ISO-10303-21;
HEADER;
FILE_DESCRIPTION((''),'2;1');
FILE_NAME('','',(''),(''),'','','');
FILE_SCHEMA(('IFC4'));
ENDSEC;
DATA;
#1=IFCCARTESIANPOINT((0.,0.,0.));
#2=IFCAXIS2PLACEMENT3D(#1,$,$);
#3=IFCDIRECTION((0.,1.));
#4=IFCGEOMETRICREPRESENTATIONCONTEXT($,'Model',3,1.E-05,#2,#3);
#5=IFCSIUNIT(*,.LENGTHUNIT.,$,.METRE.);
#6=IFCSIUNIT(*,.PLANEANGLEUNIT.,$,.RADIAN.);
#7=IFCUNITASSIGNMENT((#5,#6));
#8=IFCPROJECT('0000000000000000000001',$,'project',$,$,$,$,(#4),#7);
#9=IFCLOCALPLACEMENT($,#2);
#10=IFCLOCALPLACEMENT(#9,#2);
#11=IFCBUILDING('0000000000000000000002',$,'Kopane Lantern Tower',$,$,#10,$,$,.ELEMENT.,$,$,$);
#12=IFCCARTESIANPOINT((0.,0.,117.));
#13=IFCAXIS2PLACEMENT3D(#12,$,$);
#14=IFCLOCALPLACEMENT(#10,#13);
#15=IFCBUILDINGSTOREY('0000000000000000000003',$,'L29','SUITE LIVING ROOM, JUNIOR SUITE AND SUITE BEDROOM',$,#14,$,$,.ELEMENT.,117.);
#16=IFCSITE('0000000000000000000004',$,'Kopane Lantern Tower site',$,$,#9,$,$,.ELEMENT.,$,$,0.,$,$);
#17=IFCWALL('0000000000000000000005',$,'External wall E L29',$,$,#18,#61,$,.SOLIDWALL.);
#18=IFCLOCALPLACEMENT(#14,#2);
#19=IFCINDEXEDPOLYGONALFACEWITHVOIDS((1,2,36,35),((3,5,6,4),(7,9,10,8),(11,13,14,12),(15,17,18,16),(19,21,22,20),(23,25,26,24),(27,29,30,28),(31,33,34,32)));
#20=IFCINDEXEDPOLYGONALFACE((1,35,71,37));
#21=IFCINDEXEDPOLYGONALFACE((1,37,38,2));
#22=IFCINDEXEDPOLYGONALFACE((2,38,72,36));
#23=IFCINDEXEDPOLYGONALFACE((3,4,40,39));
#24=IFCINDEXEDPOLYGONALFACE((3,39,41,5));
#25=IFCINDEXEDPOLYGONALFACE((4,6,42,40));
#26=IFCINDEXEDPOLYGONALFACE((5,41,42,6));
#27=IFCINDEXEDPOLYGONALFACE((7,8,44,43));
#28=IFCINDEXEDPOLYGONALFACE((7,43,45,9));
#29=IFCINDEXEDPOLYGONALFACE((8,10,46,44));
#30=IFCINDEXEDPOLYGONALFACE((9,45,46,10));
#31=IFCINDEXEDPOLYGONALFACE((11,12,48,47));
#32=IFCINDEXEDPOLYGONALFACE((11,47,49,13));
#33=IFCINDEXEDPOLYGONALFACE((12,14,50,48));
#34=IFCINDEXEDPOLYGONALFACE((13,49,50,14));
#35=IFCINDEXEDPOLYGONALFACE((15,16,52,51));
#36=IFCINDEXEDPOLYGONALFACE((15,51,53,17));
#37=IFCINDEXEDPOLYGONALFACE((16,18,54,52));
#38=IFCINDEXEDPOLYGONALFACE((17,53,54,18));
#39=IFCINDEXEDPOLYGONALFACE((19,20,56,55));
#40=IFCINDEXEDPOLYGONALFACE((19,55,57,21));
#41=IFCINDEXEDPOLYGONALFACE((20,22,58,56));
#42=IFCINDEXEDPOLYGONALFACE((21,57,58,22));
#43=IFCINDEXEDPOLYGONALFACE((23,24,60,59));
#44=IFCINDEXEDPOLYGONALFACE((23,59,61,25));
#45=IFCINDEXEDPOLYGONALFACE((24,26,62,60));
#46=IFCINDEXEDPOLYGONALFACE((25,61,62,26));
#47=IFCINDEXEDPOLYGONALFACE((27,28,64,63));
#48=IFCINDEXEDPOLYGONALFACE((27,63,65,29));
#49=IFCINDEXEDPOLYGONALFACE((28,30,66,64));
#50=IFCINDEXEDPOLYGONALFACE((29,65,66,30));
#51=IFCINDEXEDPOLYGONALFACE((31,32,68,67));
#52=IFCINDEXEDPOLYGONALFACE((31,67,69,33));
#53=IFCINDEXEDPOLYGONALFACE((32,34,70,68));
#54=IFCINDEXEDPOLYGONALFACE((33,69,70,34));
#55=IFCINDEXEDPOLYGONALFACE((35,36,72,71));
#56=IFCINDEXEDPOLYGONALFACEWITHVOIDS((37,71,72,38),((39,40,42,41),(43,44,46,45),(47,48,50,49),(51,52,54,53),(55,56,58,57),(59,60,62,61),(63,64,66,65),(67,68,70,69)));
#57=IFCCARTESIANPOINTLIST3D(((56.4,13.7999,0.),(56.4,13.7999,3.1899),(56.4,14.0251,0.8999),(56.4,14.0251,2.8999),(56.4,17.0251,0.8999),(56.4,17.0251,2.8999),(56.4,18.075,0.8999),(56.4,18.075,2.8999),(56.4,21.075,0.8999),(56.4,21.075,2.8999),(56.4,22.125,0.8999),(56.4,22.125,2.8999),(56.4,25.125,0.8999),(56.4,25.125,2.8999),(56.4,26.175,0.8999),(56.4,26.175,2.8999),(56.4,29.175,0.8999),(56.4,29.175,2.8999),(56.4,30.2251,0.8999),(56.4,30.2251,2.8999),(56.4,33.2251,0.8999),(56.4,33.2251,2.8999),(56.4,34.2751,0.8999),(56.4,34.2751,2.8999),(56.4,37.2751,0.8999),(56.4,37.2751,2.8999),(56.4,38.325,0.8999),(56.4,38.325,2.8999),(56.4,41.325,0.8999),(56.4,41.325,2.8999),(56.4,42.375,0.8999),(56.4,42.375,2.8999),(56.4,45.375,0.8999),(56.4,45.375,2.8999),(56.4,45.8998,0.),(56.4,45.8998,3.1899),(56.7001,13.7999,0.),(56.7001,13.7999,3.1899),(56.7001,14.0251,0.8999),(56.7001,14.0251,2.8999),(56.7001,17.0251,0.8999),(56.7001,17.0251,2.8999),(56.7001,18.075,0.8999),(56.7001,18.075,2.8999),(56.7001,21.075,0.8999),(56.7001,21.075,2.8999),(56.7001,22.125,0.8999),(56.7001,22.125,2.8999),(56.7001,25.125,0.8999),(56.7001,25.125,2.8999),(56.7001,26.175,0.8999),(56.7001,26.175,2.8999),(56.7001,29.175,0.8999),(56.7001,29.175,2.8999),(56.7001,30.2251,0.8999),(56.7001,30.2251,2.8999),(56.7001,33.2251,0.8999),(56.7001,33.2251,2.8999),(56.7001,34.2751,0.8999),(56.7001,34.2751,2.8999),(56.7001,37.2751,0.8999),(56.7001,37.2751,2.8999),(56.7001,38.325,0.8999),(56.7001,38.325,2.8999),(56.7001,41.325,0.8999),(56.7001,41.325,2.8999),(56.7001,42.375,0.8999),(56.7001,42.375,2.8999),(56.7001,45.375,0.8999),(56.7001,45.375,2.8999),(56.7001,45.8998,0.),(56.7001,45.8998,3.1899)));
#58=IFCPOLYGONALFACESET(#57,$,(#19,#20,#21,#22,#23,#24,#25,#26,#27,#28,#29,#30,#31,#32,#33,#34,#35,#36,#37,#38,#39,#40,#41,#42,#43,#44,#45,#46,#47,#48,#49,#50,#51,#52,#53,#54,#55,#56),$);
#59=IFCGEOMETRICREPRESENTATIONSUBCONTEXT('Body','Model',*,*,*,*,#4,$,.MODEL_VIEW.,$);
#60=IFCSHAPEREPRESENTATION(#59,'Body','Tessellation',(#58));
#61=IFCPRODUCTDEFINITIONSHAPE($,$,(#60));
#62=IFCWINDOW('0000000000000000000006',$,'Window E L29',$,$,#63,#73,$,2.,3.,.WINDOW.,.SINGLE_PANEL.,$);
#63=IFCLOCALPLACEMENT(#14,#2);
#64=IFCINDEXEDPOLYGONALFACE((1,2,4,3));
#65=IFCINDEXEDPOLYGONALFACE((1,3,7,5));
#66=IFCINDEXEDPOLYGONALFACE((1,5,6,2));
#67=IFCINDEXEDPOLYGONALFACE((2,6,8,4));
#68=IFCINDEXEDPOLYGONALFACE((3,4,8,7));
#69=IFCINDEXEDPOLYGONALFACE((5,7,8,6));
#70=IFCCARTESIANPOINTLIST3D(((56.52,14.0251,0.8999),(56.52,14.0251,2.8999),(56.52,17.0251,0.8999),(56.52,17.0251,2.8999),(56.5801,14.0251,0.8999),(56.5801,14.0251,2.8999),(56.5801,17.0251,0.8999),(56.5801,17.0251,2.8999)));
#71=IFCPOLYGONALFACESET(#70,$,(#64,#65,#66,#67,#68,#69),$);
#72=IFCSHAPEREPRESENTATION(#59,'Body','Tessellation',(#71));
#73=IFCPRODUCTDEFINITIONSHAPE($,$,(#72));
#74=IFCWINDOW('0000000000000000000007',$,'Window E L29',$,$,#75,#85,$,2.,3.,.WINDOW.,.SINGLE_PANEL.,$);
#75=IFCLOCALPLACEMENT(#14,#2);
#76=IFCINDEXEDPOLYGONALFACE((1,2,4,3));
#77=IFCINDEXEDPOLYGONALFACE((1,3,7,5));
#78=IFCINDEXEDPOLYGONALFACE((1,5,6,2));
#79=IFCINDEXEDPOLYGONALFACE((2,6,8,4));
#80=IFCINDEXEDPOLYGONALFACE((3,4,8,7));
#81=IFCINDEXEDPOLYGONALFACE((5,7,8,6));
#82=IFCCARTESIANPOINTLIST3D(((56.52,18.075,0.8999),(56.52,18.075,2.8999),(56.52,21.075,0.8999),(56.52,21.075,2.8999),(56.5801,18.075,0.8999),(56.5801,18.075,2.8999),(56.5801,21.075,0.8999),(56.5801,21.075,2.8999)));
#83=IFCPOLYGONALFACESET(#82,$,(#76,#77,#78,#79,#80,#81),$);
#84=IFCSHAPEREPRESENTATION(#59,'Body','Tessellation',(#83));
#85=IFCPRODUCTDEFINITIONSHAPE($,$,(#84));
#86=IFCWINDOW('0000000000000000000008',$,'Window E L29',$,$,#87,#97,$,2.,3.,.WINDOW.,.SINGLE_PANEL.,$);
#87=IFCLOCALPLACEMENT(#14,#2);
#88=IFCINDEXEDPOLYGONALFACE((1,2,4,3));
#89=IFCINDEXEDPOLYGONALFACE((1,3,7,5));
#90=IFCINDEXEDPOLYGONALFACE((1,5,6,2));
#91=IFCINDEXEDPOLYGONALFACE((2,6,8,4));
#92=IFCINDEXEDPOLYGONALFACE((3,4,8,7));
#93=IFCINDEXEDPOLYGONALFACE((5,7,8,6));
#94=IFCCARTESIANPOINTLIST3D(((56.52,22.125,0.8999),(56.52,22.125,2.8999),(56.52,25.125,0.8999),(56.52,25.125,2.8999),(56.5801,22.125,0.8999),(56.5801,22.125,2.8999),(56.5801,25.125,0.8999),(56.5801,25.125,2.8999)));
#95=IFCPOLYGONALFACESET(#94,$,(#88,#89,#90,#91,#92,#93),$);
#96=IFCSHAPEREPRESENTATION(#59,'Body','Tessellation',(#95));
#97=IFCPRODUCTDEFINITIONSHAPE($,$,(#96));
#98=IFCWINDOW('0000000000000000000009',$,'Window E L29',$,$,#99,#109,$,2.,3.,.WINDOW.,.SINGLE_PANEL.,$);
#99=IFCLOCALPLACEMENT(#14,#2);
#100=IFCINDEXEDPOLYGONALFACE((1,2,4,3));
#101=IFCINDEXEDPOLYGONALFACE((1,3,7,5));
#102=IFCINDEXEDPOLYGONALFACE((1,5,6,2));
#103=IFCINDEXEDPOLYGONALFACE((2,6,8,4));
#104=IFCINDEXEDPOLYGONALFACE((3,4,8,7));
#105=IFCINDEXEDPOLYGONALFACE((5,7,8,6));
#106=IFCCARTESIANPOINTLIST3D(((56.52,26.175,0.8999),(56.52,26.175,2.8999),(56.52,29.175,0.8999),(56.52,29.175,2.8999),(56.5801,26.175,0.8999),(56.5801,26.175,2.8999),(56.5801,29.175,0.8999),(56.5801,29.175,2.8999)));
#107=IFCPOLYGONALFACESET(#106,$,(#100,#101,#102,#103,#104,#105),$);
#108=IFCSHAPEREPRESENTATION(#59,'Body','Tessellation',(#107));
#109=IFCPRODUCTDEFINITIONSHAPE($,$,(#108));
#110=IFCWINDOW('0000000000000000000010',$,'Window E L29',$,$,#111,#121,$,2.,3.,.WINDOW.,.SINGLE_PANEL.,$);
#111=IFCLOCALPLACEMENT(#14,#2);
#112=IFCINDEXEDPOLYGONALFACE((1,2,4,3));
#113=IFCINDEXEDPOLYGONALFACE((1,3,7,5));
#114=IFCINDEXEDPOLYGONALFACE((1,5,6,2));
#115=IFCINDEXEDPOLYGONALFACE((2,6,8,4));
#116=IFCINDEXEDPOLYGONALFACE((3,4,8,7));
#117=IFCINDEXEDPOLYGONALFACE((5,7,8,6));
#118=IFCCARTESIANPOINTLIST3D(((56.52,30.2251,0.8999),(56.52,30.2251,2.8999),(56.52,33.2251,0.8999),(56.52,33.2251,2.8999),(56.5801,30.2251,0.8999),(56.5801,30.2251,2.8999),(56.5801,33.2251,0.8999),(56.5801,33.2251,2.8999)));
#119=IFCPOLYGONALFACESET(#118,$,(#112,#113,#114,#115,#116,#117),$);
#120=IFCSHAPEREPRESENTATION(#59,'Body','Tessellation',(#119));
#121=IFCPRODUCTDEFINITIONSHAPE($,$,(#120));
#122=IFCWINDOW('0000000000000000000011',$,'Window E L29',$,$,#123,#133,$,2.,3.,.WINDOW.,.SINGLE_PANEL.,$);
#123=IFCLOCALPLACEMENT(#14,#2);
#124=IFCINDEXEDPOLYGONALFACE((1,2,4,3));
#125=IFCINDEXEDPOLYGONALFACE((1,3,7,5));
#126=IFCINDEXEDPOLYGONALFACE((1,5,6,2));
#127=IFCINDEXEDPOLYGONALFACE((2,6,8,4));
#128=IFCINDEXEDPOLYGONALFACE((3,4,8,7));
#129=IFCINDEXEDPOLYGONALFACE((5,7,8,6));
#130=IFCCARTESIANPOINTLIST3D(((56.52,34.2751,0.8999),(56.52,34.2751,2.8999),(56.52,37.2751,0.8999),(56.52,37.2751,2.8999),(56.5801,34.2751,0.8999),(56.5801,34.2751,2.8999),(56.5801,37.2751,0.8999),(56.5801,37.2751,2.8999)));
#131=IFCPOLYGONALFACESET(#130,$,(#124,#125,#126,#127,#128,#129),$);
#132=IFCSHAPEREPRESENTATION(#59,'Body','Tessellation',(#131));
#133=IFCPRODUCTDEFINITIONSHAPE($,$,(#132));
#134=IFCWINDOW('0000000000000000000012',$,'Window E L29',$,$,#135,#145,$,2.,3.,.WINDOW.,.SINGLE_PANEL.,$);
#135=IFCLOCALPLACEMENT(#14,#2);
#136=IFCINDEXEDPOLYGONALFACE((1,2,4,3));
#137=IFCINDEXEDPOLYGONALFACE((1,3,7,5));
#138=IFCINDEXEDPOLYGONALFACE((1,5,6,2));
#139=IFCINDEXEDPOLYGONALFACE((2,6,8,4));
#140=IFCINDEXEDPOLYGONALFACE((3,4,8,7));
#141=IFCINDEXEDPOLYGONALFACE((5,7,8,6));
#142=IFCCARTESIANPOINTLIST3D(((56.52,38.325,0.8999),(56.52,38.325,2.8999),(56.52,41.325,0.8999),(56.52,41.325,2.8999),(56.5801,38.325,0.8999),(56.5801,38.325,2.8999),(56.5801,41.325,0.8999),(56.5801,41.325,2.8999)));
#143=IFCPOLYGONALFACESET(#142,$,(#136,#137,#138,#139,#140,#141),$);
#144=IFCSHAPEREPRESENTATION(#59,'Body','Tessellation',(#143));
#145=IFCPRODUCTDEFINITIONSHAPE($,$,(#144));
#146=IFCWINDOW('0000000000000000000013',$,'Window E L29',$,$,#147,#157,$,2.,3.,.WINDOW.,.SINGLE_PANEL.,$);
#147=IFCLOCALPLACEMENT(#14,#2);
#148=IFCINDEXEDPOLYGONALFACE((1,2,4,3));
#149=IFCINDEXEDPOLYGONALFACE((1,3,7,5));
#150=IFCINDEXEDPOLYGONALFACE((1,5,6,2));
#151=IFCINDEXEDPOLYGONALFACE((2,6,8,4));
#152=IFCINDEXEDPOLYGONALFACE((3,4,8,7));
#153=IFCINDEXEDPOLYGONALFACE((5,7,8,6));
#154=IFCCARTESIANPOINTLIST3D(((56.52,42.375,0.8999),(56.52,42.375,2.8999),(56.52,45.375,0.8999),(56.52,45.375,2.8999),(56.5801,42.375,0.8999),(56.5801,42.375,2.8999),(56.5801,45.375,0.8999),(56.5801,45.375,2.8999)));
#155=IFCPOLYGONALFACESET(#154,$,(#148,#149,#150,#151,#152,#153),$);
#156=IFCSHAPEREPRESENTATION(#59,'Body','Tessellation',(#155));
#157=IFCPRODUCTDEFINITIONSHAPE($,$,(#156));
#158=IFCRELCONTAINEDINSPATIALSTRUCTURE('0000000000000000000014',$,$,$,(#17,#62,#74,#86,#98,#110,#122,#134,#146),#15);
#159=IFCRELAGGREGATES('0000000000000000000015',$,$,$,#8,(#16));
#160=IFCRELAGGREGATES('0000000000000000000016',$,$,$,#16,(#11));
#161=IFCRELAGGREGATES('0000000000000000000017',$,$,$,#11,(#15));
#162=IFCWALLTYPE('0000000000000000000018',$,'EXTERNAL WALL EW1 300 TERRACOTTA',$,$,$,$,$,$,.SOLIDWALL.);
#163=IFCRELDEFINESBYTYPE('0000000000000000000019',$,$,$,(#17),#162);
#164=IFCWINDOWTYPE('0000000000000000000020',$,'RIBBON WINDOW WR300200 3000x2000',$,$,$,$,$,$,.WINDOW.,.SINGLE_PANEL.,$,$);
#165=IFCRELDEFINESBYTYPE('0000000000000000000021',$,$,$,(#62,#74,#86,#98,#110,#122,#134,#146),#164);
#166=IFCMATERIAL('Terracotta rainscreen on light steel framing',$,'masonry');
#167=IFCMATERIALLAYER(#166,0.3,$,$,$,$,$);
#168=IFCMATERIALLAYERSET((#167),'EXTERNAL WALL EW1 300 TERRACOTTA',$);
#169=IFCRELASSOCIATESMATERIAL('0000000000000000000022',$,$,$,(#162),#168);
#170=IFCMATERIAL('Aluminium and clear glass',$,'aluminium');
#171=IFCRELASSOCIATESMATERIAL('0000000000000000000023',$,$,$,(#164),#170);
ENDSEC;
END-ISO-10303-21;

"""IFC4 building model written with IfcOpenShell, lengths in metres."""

from ifc_helpers import new_model, si_unit, direction, frame, frame_2d, origin, place, context, subcontext, project, spatial, rectangle, extrude, material, layer, layer_set, type_object, element, fill, save


model = new_model("IFC4")

# Units and contexts
model_context = context("Model", 3, precision=1e-05, world=origin(), true_north=direction((0.0, 1.0)))
body_context = subcontext(model_context, "Body", "Model", "MODEL_VIEW")
ifc_project = project(units=[si_unit("LENGTHUNIT", "METRE"), si_unit("PLANEANGLEUNIT", "RADIAN")], contexts=[model_context])

# Site, building, storey
site_placement = place(None, origin())
site = spatial("IfcSite", under=ifc_project, at=site_placement, Name="Kopane Lantern Tower site", CompositionType="ELEMENT", RefElevation=0.0)
building_placement = place(site_placement, origin())
building = spatial("IfcBuilding", under=site, at=building_placement, Name="Kopane Lantern Tower", CompositionType="ELEMENT")
storey_placement = place(building_placement, frame((0.0, 0.0, 117.0)))
storey = spatial("IfcBuildingStorey", under=building, at=storey_placement, Name="L29", Description="SUITE LIVING ROOM, JUNIOR SUITE AND SUITE BEDROOM", CompositionType="ELEMENT", Elevation=117.0)

# Shared definitions
ifc_material_1 = material(Name="Terracotta rainscreen on light steel framing", Category="masonry")
ifc_layer_1 = layer(ifc_material_1, 0.3)
ifc_layer_set_1 = layer_set([ifc_layer_1], Name="EXTERNAL WALL EW1 300 TERRACOTTA")
wall_type_1 = type_object("IfcWallType", Name="EXTERNAL WALL EW1 300 TERRACOTTA", PredefinedType="SOLIDWALL", material=ifc_layer_set_1)

# Wall, openings, windows
wall_1_placement = place(storey_placement, frame((56.55, 13.8, 0.0), z_axis=(0.0, 0.0, 1.0), x_axis=(0.0, 1.0, 0.0)))
wall_1 = element("IfcWall", 1, at=wall_1_placement, inside=storey, type_object=wall_type_1, Name="External wall E L29", PredefinedType="SOLIDWALL", context=body_context, shape_type="SweptSolid", body=[
    extrude(rectangle(XDim=32.0999, YDim=0.3, at=frame_2d((16.0498, 0.0))), origin(), (0.0, 0.0, 1.0), 3.1899),
])
opening_1_placement = place(wall_1_placement, frame((0.2251, 0.0, 0.8999)))
opening_1 = element("IfcOpeningElement", 2, at=opening_1_placement, cuts=wall_1, PredefinedType="OPENING", context=body_context, shape_type="SweptSolid", body=[
    extrude(rectangle(XDim=3.0, YDim=2.0, at=frame_2d((1.5, 1.0))), frame((0.0, 0.1599, 0.0), z_axis=(0.0, -1.0, 0.0), x_axis=(1.0, 0.0, 0.0)), (0.0, 0.0, 1.0), 0.3201),
])
opening_2_placement = place(wall_1_placement, frame((4.2749, 0.0, 0.8999)))
opening_2 = element("IfcOpeningElement", 3, at=opening_2_placement, cuts=wall_1, PredefinedType="OPENING", context=body_context, shape_type="SweptSolid", body=[
    extrude(rectangle(XDim=3.0, YDim=2.0, at=frame_2d((1.5, 1.0))), frame((0.0, 0.1599, 0.0), z_axis=(0.0, -1.0, 0.0), x_axis=(1.0, 0.0, 0.0)), (0.0, 0.0, 1.0), 0.3201),
])
opening_3_placement = place(wall_1_placement, frame((8.325, 0.0, 0.8999)))
opening_3 = element("IfcOpeningElement", 4, at=opening_3_placement, cuts=wall_1, PredefinedType="OPENING", context=body_context, shape_type="SweptSolid", body=[
    extrude(rectangle(XDim=3.0, YDim=2.0, at=frame_2d((1.5, 1.0))), frame((0.0, 0.1599, 0.0), z_axis=(0.0, -1.0, 0.0), x_axis=(1.0, 0.0, 0.0)), (0.0, 0.0, 1.0), 0.3201),
])
opening_4_placement = place(wall_1_placement, frame((12.375, 0.0, 0.8999)))
opening_4 = element("IfcOpeningElement", 5, at=opening_4_placement, cuts=wall_1, PredefinedType="OPENING", context=body_context, shape_type="SweptSolid", body=[
    extrude(rectangle(XDim=3.0, YDim=2.0, at=frame_2d((1.5, 1.0))), frame((0.0, 0.1599, 0.0), z_axis=(0.0, -1.0, 0.0), x_axis=(1.0, 0.0, 0.0)), (0.0, 0.0, 1.0), 0.3201),
])
opening_5_placement = place(wall_1_placement, frame((16.425, 0.0, 0.8999)))
opening_5 = element("IfcOpeningElement", 6, at=opening_5_placement, cuts=wall_1, PredefinedType="OPENING", context=body_context, shape_type="SweptSolid", body=[
    extrude(rectangle(XDim=3.0, YDim=2.0, at=frame_2d((1.5, 1.0))), frame((0.0, 0.1599, 0.0), z_axis=(0.0, -1.0, 0.0), x_axis=(1.0, 0.0, 0.0)), (0.0, 0.0, 1.0), 0.3201),
])
opening_6_placement = place(wall_1_placement, frame((20.4751, 0.0, 0.8999)))
opening_6 = element("IfcOpeningElement", 7, at=opening_6_placement, cuts=wall_1, PredefinedType="OPENING", context=body_context, shape_type="SweptSolid", body=[
    extrude(rectangle(XDim=3.0, YDim=2.0, at=frame_2d((1.5, 1.0))), frame((0.0, 0.1599, 0.0), z_axis=(0.0, -1.0, 0.0), x_axis=(1.0, 0.0, 0.0)), (0.0, 0.0, 1.0), 0.3201),
])
opening_7_placement = place(wall_1_placement, frame((24.5249, 0.0, 0.8999)))
opening_7 = element("IfcOpeningElement", 8, at=opening_7_placement, cuts=wall_1, PredefinedType="OPENING", context=body_context, shape_type="SweptSolid", body=[
    extrude(rectangle(XDim=3.0, YDim=2.0, at=frame_2d((1.5, 1.0))), frame((0.0, 0.1599, 0.0), z_axis=(0.0, -1.0, 0.0), x_axis=(1.0, 0.0, 0.0)), (0.0, 0.0, 1.0), 0.3201),
])
opening_8_placement = place(wall_1_placement, frame((28.575, 0.0, 0.8999)))
opening_8 = element("IfcOpeningElement", 9, at=opening_8_placement, cuts=wall_1, PredefinedType="OPENING", context=body_context, shape_type="SweptSolid", body=[
    extrude(rectangle(XDim=3.0, YDim=2.0, at=frame_2d((1.5, 1.0))), frame((0.0, 0.1599, 0.0), z_axis=(0.0, -1.0, 0.0), x_axis=(1.0, 0.0, 0.0)), (0.0, 0.0, 1.0), 0.3201),
])
ifc_material_2 = material(Name="Aluminium and clear glass", Category="aluminium")
window_type_1 = type_object("IfcWindowType", Name="RIBBON WINDOW WR300200 3000x2000", PartitioningType="SINGLE_PANEL", PredefinedType="WINDOW", material=ifc_material_2)
window_1_placement = place(opening_1_placement, origin())
window_1 = element("IfcWindow", 10, at=window_1_placement, inside=storey, type_object=window_type_1, Name="Window E L29", OverallHeight=2.0, OverallWidth=3.0, PartitioningType="SINGLE_PANEL", PredefinedType="WINDOW", context=body_context, shape_type="SweptSolid", body=[
    extrude(rectangle(XDim=3.0, YDim=2.0, at=frame_2d((1.5, 1.0))), frame((0.0, 0.03, 0.0), z_axis=(0.0, -1.0, 0.0), x_axis=(1.0, 0.0, 0.0)), (0.0, 0.0, 1.0), 0.0601),
])
fill(opening_1, window_1)
window_2_placement = place(opening_2_placement, origin())
window_2 = element("IfcWindow", 11, at=window_2_placement, inside=storey, type_object=window_type_1, Name="Window E L29", OverallHeight=2.0, OverallWidth=3.0, PartitioningType="SINGLE_PANEL", PredefinedType="WINDOW", context=body_context, shape_type="SweptSolid", body=[
    extrude(rectangle(XDim=3.0, YDim=2.0, at=frame_2d((1.5, 1.0))), frame((0.0, 0.03, 0.0), z_axis=(0.0, -1.0, 0.0), x_axis=(1.0, 0.0, 0.0)), (0.0, 0.0, 1.0), 0.0601),
])
fill(opening_2, window_2)
window_3_placement = place(opening_3_placement, origin())
window_3 = element("IfcWindow", 12, at=window_3_placement, inside=storey, type_object=window_type_1, Name="Window E L29", OverallHeight=2.0, OverallWidth=3.0, PartitioningType="SINGLE_PANEL", PredefinedType="WINDOW", context=body_context, shape_type="SweptSolid", body=[
    extrude(rectangle(XDim=3.0, YDim=2.0, at=frame_2d((1.5, 1.0))), frame((0.0, 0.03, 0.0), z_axis=(0.0, -1.0, 0.0), x_axis=(1.0, 0.0, 0.0)), (0.0, 0.0, 1.0), 0.0601),
])
fill(opening_3, window_3)
window_4_placement = place(opening_4_placement, origin())
window_4 = element("IfcWindow", 13, at=window_4_placement, inside=storey, type_object=window_type_1, Name="Window E L29", OverallHeight=2.0, OverallWidth=3.0, PartitioningType="SINGLE_PANEL", PredefinedType="WINDOW", context=body_context, shape_type="SweptSolid", body=[
    extrude(rectangle(XDim=3.0, YDim=2.0, at=frame_2d((1.5, 1.0))), frame((0.0, 0.03, 0.0), z_axis=(0.0, -1.0, 0.0), x_axis=(1.0, 0.0, 0.0)), (0.0, 0.0, 1.0), 0.0601),
])
fill(opening_4, window_4)
window_5_placement = place(opening_5_placement, origin())
window_5 = element("IfcWindow", 14, at=window_5_placement, inside=storey, type_object=window_type_1, Name="Window E L29", OverallHeight=2.0, OverallWidth=3.0, PartitioningType="SINGLE_PANEL", PredefinedType="WINDOW", context=body_context, shape_type="SweptSolid", body=[
    extrude(rectangle(XDim=3.0, YDim=2.0, at=frame_2d((1.5, 1.0))), frame((0.0, 0.03, 0.0), z_axis=(0.0, -1.0, 0.0), x_axis=(1.0, 0.0, 0.0)), (0.0, 0.0, 1.0), 0.0601),
])
fill(opening_5, window_5)
window_6_placement = place(opening_6_placement, origin())
window_6 = element("IfcWindow", 15, at=window_6_placement, inside=storey, type_object=window_type_1, Name="Window E L29", OverallHeight=2.0, OverallWidth=3.0, PartitioningType="SINGLE_PANEL", PredefinedType="WINDOW", context=body_context, shape_type="SweptSolid", body=[
    extrude(rectangle(XDim=3.0, YDim=2.0, at=frame_2d((1.5, 1.0))), frame((0.0, 0.03, 0.0), z_axis=(0.0, -1.0, 0.0), x_axis=(1.0, 0.0, 0.0)), (0.0, 0.0, 1.0), 0.0601),
])
fill(opening_6, window_6)
window_7_placement = place(opening_7_placement, origin())
window_7 = element("IfcWindow", 16, at=window_7_placement, inside=storey, type_object=window_type_1, Name="Window E L29", OverallHeight=2.0, OverallWidth=3.0, PartitioningType="SINGLE_PANEL", PredefinedType="WINDOW", context=body_context, shape_type="SweptSolid", body=[
    extrude(rectangle(XDim=3.0, YDim=2.0, at=frame_2d((1.5, 1.0))), frame((0.0, 0.03, 0.0), z_axis=(0.0, -1.0, 0.0), x_axis=(1.0, 0.0, 0.0)), (0.0, 0.0, 1.0), 0.0601),
])
fill(opening_7, window_7)
window_8_placement = place(opening_8_placement, origin())
window_8 = element("IfcWindow", 17, at=window_8_placement, inside=storey, type_object=window_type_1, Name="Window E L29", OverallHeight=2.0, OverallWidth=3.0, PartitioningType="SINGLE_PANEL", PredefinedType="WINDOW", context=body_context, shape_type="SweptSolid", body=[
    extrude(rectangle(XDim=3.0, YDim=2.0, at=frame_2d((1.5, 1.0))), frame((0.0, 0.03, 0.0), z_axis=(0.0, -1.0, 0.0), x_axis=(1.0, 0.0, 0.0)), (0.0, 0.0, 1.0), 0.0601),
])
fill(opening_8, window_8)

save(model, "model.ifc")
